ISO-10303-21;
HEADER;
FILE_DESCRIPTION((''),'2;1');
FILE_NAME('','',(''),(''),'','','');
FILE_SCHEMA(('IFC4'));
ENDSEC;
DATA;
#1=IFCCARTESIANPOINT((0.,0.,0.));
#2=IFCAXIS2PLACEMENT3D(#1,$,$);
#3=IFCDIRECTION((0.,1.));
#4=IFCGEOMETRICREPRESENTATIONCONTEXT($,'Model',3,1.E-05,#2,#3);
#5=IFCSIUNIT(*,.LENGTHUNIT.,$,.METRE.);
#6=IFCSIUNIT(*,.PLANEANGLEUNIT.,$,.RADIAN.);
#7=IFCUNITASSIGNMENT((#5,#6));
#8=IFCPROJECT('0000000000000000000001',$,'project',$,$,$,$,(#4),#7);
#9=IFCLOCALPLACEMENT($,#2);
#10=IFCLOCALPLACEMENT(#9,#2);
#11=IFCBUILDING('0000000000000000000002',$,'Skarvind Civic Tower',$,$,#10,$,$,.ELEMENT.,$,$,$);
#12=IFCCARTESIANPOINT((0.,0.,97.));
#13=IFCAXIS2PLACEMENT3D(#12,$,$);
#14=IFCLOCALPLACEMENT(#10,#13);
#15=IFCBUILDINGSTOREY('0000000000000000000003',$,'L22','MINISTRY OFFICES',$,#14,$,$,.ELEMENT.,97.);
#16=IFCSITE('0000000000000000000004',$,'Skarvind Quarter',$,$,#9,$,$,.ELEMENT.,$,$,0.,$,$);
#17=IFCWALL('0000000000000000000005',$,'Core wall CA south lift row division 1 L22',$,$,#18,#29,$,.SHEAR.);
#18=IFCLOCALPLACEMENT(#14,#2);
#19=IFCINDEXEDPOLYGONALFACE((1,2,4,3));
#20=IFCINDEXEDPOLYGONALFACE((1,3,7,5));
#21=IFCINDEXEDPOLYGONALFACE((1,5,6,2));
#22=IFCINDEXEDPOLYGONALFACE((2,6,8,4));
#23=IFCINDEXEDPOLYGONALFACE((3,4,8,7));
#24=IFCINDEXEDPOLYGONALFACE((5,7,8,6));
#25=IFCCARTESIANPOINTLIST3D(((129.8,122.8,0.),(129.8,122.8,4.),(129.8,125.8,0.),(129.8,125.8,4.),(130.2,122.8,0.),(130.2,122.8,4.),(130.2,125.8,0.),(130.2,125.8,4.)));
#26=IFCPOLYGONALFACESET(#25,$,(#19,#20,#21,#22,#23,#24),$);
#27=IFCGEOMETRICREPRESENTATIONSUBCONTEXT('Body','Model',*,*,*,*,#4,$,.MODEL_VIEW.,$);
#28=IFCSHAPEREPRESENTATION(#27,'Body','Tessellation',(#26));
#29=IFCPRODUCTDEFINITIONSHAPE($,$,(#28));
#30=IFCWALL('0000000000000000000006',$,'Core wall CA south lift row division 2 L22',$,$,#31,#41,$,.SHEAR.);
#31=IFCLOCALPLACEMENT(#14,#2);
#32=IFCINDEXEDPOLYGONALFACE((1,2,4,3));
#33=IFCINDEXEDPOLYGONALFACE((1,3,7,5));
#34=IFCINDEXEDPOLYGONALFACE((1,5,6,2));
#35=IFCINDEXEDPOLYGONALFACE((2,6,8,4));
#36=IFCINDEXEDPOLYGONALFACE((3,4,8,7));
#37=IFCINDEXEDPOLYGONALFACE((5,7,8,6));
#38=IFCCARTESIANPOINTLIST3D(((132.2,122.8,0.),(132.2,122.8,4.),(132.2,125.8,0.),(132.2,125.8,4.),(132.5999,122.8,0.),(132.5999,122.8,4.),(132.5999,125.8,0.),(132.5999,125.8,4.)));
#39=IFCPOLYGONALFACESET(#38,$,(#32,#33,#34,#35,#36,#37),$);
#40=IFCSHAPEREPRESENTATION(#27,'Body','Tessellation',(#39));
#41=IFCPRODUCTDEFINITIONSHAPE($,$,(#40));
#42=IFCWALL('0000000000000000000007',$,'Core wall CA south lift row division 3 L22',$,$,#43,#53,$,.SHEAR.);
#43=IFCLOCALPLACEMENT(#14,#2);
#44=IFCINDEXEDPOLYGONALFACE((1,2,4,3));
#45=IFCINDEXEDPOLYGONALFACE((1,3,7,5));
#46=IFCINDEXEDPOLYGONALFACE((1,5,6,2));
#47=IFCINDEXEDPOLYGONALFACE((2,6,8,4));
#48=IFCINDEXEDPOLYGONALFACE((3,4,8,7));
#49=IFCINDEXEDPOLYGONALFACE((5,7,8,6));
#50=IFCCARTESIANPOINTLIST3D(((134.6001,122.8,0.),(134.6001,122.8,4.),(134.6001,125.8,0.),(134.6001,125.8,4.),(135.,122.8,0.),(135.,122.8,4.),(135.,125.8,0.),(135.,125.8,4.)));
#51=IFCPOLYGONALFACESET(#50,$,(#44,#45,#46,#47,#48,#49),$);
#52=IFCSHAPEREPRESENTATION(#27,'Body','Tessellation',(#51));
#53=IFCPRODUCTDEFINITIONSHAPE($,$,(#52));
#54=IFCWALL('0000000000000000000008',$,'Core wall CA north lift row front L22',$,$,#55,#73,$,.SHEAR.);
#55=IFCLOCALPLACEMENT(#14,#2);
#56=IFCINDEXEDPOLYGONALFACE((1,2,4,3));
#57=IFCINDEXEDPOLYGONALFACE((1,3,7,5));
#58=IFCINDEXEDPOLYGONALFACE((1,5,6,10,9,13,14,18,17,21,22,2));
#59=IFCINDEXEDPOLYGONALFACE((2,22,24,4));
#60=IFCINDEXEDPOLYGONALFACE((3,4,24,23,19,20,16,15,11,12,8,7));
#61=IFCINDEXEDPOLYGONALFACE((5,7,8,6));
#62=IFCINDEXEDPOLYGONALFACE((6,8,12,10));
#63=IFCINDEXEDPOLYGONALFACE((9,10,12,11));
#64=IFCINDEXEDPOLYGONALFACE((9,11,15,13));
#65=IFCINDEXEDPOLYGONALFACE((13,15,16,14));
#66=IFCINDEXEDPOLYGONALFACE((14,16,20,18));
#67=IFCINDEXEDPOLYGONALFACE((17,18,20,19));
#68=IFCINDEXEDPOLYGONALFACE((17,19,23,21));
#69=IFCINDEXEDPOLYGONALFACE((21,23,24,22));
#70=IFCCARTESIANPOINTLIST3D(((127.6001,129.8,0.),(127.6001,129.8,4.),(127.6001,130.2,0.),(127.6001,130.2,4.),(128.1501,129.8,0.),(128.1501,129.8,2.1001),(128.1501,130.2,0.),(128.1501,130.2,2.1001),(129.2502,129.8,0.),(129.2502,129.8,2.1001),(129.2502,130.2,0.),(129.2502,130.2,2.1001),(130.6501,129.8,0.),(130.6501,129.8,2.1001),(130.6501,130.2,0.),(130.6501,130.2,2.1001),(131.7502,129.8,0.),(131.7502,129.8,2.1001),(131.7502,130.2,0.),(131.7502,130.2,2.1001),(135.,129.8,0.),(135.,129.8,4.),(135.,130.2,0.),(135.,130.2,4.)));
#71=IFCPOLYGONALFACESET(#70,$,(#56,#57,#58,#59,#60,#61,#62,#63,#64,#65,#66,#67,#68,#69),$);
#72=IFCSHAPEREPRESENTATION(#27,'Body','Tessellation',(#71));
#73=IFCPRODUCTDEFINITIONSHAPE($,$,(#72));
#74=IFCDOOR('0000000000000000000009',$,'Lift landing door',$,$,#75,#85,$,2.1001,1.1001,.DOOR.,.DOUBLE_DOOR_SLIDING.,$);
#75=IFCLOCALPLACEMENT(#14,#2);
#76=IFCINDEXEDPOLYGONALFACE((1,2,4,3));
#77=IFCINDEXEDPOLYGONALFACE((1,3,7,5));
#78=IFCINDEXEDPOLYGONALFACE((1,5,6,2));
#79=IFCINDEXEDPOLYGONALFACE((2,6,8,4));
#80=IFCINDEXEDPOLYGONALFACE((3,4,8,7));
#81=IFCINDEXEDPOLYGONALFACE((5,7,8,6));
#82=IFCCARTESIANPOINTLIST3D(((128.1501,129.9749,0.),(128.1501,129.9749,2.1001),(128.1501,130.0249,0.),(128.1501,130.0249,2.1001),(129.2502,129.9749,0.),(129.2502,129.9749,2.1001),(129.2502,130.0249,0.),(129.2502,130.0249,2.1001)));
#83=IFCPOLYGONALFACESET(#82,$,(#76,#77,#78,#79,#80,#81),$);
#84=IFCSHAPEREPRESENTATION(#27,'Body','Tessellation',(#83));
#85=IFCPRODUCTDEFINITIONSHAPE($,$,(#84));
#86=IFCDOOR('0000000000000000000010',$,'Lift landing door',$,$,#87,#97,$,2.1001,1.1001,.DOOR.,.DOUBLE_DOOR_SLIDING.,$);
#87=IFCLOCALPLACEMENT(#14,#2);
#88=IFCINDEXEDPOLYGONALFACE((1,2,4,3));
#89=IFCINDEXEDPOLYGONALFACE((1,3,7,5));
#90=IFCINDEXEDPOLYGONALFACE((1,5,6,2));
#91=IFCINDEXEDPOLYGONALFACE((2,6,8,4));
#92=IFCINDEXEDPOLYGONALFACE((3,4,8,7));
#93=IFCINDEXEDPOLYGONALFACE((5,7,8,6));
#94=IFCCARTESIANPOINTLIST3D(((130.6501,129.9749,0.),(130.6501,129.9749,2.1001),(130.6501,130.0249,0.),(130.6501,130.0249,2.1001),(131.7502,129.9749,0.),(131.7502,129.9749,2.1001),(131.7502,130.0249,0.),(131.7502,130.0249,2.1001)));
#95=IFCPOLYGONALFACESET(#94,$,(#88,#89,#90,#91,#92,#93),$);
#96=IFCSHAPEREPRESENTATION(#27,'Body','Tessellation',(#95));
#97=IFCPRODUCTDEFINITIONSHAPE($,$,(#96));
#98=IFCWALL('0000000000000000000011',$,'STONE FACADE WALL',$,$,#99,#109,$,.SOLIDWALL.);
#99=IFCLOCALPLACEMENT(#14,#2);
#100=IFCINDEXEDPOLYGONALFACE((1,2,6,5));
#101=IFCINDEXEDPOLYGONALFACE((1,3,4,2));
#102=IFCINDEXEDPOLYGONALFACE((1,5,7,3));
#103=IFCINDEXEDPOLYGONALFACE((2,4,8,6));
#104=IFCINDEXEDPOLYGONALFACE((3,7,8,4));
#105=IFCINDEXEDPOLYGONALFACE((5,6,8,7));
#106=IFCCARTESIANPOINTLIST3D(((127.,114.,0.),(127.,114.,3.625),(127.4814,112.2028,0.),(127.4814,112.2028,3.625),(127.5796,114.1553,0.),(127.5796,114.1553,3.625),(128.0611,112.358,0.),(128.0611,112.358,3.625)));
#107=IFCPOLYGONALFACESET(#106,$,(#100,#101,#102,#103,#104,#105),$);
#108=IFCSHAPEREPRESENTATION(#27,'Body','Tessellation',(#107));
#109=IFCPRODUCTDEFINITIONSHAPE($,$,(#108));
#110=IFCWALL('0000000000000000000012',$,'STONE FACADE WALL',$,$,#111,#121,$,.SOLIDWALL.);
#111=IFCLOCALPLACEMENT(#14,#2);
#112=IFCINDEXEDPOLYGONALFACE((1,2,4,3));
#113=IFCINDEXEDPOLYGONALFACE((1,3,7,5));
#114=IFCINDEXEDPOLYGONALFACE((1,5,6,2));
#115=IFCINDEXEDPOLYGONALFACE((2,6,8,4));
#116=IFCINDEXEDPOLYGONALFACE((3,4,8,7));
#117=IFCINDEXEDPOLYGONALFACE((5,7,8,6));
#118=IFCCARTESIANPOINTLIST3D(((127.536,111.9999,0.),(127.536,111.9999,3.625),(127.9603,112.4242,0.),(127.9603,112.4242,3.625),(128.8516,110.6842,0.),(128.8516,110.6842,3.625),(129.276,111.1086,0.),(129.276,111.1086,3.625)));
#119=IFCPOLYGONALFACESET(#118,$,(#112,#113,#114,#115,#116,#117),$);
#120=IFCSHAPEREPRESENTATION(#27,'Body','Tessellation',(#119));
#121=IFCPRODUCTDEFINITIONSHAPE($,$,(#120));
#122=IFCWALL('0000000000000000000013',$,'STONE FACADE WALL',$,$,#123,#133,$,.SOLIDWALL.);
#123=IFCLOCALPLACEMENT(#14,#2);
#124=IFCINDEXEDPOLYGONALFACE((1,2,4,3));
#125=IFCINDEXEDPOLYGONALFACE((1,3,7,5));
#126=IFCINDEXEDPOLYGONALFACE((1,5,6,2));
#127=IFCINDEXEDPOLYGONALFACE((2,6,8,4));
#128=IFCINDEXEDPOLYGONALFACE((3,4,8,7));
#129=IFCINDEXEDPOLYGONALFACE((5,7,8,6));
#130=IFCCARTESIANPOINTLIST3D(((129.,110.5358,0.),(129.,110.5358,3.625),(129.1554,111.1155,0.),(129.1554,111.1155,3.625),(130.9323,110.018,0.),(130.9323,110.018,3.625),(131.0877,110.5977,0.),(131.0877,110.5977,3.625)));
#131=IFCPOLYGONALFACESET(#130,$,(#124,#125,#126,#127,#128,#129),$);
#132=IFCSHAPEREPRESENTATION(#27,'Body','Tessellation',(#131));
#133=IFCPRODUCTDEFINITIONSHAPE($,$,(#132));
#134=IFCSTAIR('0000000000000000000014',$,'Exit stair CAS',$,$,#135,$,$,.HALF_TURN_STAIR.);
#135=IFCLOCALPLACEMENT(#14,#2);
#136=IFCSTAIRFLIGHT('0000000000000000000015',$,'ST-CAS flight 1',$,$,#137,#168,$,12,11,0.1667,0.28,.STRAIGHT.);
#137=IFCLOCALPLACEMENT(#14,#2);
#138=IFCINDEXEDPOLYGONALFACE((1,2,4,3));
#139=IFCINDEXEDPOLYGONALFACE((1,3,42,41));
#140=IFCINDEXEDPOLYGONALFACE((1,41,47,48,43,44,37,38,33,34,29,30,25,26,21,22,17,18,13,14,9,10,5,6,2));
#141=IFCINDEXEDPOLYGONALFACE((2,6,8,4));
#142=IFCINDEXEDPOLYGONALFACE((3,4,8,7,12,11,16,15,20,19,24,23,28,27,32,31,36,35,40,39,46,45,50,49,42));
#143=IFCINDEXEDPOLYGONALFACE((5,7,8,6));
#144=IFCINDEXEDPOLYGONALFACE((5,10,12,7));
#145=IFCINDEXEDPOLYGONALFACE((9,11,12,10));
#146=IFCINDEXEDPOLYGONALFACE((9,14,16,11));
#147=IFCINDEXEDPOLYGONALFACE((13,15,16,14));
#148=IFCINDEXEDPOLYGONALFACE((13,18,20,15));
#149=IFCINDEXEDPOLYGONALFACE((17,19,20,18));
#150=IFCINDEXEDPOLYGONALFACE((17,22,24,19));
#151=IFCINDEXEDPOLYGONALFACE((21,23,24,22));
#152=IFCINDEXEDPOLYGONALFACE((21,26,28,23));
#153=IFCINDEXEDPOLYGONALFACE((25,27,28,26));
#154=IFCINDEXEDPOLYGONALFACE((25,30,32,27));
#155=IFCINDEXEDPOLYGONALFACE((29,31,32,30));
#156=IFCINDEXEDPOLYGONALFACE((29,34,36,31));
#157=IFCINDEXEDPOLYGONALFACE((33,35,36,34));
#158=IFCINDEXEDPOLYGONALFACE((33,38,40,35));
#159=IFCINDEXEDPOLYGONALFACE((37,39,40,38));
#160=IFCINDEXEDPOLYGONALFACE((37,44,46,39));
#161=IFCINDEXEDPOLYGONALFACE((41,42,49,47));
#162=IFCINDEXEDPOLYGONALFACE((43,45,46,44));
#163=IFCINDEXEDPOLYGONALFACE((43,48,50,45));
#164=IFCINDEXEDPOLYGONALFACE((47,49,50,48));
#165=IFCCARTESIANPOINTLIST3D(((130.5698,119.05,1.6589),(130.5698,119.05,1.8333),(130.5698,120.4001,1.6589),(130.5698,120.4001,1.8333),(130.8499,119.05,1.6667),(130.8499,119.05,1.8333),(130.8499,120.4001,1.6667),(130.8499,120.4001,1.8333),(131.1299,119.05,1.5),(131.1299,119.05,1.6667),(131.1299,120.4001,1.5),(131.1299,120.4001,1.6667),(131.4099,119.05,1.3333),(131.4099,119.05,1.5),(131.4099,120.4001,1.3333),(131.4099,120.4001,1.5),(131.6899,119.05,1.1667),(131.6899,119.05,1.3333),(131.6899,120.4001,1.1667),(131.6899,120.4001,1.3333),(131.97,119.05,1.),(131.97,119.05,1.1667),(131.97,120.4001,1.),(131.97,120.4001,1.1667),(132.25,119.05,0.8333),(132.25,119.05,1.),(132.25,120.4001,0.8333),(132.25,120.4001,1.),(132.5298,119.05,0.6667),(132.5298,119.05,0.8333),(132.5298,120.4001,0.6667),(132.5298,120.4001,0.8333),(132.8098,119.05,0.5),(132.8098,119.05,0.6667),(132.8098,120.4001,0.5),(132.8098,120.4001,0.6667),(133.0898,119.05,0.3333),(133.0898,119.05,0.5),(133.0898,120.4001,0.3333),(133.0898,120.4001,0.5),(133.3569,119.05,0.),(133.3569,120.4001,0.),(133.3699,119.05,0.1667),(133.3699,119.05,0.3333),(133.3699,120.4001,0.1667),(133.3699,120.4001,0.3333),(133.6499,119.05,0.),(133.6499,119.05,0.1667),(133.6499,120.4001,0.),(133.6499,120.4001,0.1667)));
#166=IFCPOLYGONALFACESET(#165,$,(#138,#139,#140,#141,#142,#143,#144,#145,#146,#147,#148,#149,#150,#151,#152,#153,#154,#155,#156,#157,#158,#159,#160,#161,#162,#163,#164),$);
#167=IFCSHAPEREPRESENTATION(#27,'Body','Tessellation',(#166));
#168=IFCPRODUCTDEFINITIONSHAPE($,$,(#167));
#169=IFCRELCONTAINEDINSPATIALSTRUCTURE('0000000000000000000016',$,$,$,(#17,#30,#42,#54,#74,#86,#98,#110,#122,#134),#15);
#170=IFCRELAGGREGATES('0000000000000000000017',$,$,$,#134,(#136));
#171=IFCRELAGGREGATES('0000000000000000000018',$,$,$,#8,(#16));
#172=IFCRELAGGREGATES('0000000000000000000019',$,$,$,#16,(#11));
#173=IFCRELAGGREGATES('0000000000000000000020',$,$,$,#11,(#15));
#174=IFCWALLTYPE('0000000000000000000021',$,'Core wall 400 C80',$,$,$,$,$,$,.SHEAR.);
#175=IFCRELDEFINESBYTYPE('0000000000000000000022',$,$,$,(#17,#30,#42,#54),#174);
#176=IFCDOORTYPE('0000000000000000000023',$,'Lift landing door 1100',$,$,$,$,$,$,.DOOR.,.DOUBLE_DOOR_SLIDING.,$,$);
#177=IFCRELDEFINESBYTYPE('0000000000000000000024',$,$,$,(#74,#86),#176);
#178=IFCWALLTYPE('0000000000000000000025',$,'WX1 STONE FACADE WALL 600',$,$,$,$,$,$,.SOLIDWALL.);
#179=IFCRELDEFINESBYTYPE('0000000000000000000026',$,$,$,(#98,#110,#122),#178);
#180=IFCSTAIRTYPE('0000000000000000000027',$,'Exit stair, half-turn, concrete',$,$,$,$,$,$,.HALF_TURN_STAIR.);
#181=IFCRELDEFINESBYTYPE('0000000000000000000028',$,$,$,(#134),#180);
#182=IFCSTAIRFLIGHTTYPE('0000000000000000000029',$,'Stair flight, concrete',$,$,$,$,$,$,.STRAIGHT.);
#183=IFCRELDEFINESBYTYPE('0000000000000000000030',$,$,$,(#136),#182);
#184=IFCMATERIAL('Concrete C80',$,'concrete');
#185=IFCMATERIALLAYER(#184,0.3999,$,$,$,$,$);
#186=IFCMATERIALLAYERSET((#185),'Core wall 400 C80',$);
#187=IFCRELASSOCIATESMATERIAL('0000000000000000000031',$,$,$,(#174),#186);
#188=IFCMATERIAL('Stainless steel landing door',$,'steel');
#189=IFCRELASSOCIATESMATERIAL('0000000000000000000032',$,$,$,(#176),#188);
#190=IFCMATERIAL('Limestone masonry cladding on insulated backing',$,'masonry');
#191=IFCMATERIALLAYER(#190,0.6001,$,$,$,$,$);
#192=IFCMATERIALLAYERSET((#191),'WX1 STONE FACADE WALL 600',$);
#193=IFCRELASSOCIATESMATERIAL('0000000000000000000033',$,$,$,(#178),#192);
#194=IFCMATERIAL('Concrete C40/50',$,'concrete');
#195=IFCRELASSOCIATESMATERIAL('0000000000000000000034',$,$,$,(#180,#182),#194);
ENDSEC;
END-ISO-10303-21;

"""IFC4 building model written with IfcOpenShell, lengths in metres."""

from ifc_helpers import new_model, si_unit, direction, frame, frame_2d, origin, place, context, subcontext, project, spatial, polyline, rectangle, outline, extrude, material, layer, layer_set, type_object, element, fill, aggregate, save


model = new_model("IFC4")

# Units and contexts
model_context = context("Model", 3, precision=1e-05, world=origin(), true_north=direction((0.0, 1.0)))
body_context = subcontext(model_context, "Body", "Model", "MODEL_VIEW")
ifc_project = project(units=[si_unit("LENGTHUNIT", "METRE"), si_unit("PLANEANGLEUNIT", "RADIAN")], contexts=[model_context])

# Site, building, storey
site_placement = place(None, origin())
site = spatial("IfcSite", under=ifc_project, at=site_placement, Name="Skarvind Quarter", CompositionType="ELEMENT", RefElevation=0.0)
building_placement = place(site_placement, origin())
building = spatial("IfcBuilding", under=site, at=building_placement, Name="Skarvind Civic Tower", CompositionType="ELEMENT")
storey_placement = place(building_placement, frame((0.0, 0.0, 97.0)))
storey = spatial("IfcBuildingStorey", under=building, at=storey_placement, Name="L22", Description="MINISTRY OFFICES", CompositionType="ELEMENT", Elevation=97.0)

# Shared definitions
ifc_material_1 = material(Name="Concrete C80", Category="concrete")
ifc_layer_1 = layer(ifc_material_1, 0.3999)
ifc_layer_set_1 = layer_set([ifc_layer_1], Name="Core wall 400 C80")
wall_type_1 = type_object("IfcWallType", Name="Core wall 400 C80", PredefinedType="SHEAR", material=ifc_layer_set_1)

# Shared definitions
ifc_material_2 = material(Name="Stainless steel landing door", Category="steel")
door_type_1 = type_object("IfcDoorType", Name="Lift landing door 1100", OperationType="DOUBLE_DOOR_SLIDING", PredefinedType="DOOR", material=ifc_material_2)

# Walls
for number, where, z_axis, x_axis, name in (
    (1, (130.0, 122.8, 0.0), (0.0, 0.0, 1.0), (0.0, 1.0, 0.0), "Core wall CA south lift row division 1 L22"),
    (2, (132.3999, 122.8, 0.0), (0.0, 0.0, 1.0), (0.0, 1.0, 0.0), "Core wall CA south lift row division 2 L22"),
    (3, (134.8, 122.8, 0.0), (0.0, 0.0, 1.0), (0.0, 1.0, 0.0), "Core wall CA south lift row division 3 L22"),
):
    element("IfcWall", number, at=place(storey_placement, frame(where, z_axis=z_axis, x_axis=x_axis)), inside=storey, type_object=wall_type_1, Name=name, PredefinedType="SHEAR", context=body_context, shape_type="SweptSolid", body=[
        extrude(rectangle(XDim=3.0, YDim=0.3999, at=frame_2d((1.5, 0.0))), origin(), (0.0, 0.0, 1.0), 4.0),
    ])

# Wall, openings, doors
wall_1_placement = place(storey_placement, frame((127.6001, 130.0, 0.0), z_axis=(0.0, 0.0, 1.0), x_axis=(1.0, 0.0, 0.0)))
wall_1 = element("IfcWall", 4, at=wall_1_placement, inside=storey, type_object=wall_type_1, Name="Core wall CA north lift row front L22", PredefinedType="SHEAR", context=body_context, shape_type="SweptSolid", body=[
    extrude(rectangle(XDim=7.3999, YDim=0.3999, at=frame_2d((3.7, 0.0))), origin(), (0.0, 0.0, 1.0), 4.0),
])
opening_1_placement = place(wall_1_placement, frame((0.55, 0.0, 0.0)))
opening_1 = element("IfcOpeningElement", 5, at=opening_1_placement, cuts=wall_1, PredefinedType="OPENING", context=body_context, shape_type="SweptSolid", body=[
    extrude(rectangle(XDim=1.1001, YDim=2.1001, at=frame_2d((0.55, 1.05))), frame((0.0, 0.21, 0.0), z_axis=(0.0, -1.0, 0.0), x_axis=(1.0, 0.0, 0.0)), (0.0, 0.0, 1.0), 0.4199),
])
opening_2_placement = place(wall_1_placement, frame((3.05, 0.0, 0.0)))
opening_2 = element("IfcOpeningElement", 6, at=opening_2_placement, cuts=wall_1, PredefinedType="OPENING", context=body_context, shape_type="SweptSolid", body=[
    extrude(rectangle(XDim=1.1001, YDim=2.1001, at=frame_2d((0.55, 1.05))), frame((0.0, 0.21, 0.0), z_axis=(0.0, -1.0, 0.0), x_axis=(1.0, 0.0, 0.0)), (0.0, 0.0, 1.0), 0.4199),
])
door_1_placement = place(opening_1_placement, origin())
door_1 = element("IfcDoor", 7, at=door_1_placement, inside=storey, type_object=door_type_1, Name="Lift landing door", OperationType="DOUBLE_DOOR_SLIDING", OverallHeight=2.1001, OverallWidth=1.1001, PredefinedType="DOOR", context=body_context, shape_type="SweptSolid", body=[
    extrude(rectangle(XDim=1.1001, YDim=2.1001, at=frame_2d((0.55, 1.05))), frame((0.0, 0.0249, 0.0), z_axis=(0.0, -1.0, 0.0), x_axis=(1.0, 0.0, 0.0)), (0.0, 0.0, 1.0), 0.05),
])
fill(opening_1, door_1)
door_2_placement = place(opening_2_placement, origin())
door_2 = element("IfcDoor", 8, at=door_2_placement, inside=storey, type_object=door_type_1, Name="Lift landing door", OperationType="DOUBLE_DOOR_SLIDING", OverallHeight=2.1001, OverallWidth=1.1001, PredefinedType="DOOR", context=body_context, shape_type="SweptSolid", body=[
    extrude(rectangle(XDim=1.1001, YDim=2.1001, at=frame_2d((0.55, 1.05))), frame((0.0, 0.0249, 0.0), z_axis=(0.0, -1.0, 0.0), x_axis=(1.0, 0.0, 0.0)), (0.0, 0.0, 1.0), 0.05),
])
fill(opening_2, door_2)

# Walls
ifc_material_3 = material(Name="Limestone masonry cladding on insulated backing", Category="masonry")
ifc_layer_2 = layer(ifc_material_3, 0.6001)
ifc_layer_set_2 = layer_set([ifc_layer_2], Name="WX1 STONE FACADE WALL 600")
wall_type_2 = type_object("IfcWallType", Name="WX1 STONE FACADE WALL 600", PredefinedType="SOLIDWALL", material=ifc_layer_set_2)
for number, where, z_axis, x_axis, name in (
    (9, (127.7712, 112.2805, 0.0), (0.0, 0.0, 1.0), (-0.258773, 0.965938, 0.0), "STONE FACADE WALL"),
    (10, (129.0637, 110.8965, 0.0), (0.0, 0.0, 1.0), (-0.707107, 0.707107, 0.0), "STONE FACADE WALL"),
):
    element("IfcWall", number, at=place(storey_placement, frame(where, z_axis=z_axis, x_axis=x_axis)), inside=storey, type_object=wall_type_2, Name=name, PredefinedType="SOLIDWALL", context=body_context, shape_type="SweptSolid", body=[
        extrude(rectangle(XDim=1.8606, YDim=0.6001, at=frame_2d((0.9302, 0.0))), origin(), (0.0, 0.0, 1.0), 3.625),
    ])
wall_2_placement = place(storey_placement, frame((131.01, 110.3079, 0.0), z_axis=(0.0, 0.0, 1.0), x_axis=(-0.96592, 0.25884, 0.0)))
element("IfcWall", 11, at=wall_2_placement, inside=storey, type_object=wall_type_2, Name="STONE FACADE WALL", PredefinedType="SOLIDWALL", context=body_context, shape_type="SweptSolid", body=[
    extrude(rectangle(XDim=2.0005, YDim=0.6001, at=frame_2d((1.0002, 0.0))), origin(), (0.0, 0.0, 1.0), 3.625),
])

# Stair, stair flight
ifc_material_4 = material(Name="Concrete C40/50", Category="concrete")
stair_type = type_object("IfcStairType", Name="Exit stair, half-turn, concrete", PredefinedType="HALF_TURN_STAIR", material=ifc_material_4)
stair_placement = place(storey_placement, origin())
stair = element("IfcStair", 12, at=stair_placement, inside=storey, type_object=stair_type, Name="Exit stair CAS", PredefinedType="HALF_TURN_STAIR")
stair_flight_type = type_object("IfcStairFlightType", Name="Stair flight, concrete", PredefinedType="STRAIGHT", material=ifc_material_4)
stair_flight_1_placement = place(storey_placement, frame((133.6499, 119.7251, 0.0), z_axis=(0.0, 0.0, 1.0), x_axis=(-1.0, 0.0, 0.0)))
stair_flight_1 = element("IfcStairFlight", 13, at=stair_flight_1_placement, type_object=stair_flight_type, Name="ST-CAS flight 1", NumberOfRisers=12, NumberOfTreads=11, PredefinedType="STRAIGHT", RiserHeight=0.1667, TreadLength=0.28, context=body_context, shape_type="SweptSolid", body=[
    extrude(outline(polyline([(0.0, 0.0), (0.0, 0.1667), (0.28, 0.1667), (0.28, 0.3333), (0.5601, 0.3333), (0.5601, 0.5), (0.8401, 0.5), (0.8401, 0.6667), (1.1201, 0.6667), (1.1201, 0.8333), (1.3999, 0.8333), (1.3999, 1.0), (1.6799, 1.0), (1.6799, 1.1667), (1.96, 1.1667), (1.96, 1.3333), (2.24, 1.3333), (2.24, 1.5), (2.52, 1.5), (2.52, 1.6667), (2.8, 1.6667), (2.8, 1.8333), (3.0801, 1.8333), (3.0801, 2.0), (3.0801, 1.6589), (0.293, 0.0), (0.0, 0.0)])), frame((0.0, 0.675, 0.0), z_axis=(0.0, -1.0, 0.0), x_axis=(1.0, 0.0, 0.0)), (0.0, 0.0, 1.0), 1.3501),
])
aggregate(stair, [stair_flight_1])

save(model, "model.ifc")
